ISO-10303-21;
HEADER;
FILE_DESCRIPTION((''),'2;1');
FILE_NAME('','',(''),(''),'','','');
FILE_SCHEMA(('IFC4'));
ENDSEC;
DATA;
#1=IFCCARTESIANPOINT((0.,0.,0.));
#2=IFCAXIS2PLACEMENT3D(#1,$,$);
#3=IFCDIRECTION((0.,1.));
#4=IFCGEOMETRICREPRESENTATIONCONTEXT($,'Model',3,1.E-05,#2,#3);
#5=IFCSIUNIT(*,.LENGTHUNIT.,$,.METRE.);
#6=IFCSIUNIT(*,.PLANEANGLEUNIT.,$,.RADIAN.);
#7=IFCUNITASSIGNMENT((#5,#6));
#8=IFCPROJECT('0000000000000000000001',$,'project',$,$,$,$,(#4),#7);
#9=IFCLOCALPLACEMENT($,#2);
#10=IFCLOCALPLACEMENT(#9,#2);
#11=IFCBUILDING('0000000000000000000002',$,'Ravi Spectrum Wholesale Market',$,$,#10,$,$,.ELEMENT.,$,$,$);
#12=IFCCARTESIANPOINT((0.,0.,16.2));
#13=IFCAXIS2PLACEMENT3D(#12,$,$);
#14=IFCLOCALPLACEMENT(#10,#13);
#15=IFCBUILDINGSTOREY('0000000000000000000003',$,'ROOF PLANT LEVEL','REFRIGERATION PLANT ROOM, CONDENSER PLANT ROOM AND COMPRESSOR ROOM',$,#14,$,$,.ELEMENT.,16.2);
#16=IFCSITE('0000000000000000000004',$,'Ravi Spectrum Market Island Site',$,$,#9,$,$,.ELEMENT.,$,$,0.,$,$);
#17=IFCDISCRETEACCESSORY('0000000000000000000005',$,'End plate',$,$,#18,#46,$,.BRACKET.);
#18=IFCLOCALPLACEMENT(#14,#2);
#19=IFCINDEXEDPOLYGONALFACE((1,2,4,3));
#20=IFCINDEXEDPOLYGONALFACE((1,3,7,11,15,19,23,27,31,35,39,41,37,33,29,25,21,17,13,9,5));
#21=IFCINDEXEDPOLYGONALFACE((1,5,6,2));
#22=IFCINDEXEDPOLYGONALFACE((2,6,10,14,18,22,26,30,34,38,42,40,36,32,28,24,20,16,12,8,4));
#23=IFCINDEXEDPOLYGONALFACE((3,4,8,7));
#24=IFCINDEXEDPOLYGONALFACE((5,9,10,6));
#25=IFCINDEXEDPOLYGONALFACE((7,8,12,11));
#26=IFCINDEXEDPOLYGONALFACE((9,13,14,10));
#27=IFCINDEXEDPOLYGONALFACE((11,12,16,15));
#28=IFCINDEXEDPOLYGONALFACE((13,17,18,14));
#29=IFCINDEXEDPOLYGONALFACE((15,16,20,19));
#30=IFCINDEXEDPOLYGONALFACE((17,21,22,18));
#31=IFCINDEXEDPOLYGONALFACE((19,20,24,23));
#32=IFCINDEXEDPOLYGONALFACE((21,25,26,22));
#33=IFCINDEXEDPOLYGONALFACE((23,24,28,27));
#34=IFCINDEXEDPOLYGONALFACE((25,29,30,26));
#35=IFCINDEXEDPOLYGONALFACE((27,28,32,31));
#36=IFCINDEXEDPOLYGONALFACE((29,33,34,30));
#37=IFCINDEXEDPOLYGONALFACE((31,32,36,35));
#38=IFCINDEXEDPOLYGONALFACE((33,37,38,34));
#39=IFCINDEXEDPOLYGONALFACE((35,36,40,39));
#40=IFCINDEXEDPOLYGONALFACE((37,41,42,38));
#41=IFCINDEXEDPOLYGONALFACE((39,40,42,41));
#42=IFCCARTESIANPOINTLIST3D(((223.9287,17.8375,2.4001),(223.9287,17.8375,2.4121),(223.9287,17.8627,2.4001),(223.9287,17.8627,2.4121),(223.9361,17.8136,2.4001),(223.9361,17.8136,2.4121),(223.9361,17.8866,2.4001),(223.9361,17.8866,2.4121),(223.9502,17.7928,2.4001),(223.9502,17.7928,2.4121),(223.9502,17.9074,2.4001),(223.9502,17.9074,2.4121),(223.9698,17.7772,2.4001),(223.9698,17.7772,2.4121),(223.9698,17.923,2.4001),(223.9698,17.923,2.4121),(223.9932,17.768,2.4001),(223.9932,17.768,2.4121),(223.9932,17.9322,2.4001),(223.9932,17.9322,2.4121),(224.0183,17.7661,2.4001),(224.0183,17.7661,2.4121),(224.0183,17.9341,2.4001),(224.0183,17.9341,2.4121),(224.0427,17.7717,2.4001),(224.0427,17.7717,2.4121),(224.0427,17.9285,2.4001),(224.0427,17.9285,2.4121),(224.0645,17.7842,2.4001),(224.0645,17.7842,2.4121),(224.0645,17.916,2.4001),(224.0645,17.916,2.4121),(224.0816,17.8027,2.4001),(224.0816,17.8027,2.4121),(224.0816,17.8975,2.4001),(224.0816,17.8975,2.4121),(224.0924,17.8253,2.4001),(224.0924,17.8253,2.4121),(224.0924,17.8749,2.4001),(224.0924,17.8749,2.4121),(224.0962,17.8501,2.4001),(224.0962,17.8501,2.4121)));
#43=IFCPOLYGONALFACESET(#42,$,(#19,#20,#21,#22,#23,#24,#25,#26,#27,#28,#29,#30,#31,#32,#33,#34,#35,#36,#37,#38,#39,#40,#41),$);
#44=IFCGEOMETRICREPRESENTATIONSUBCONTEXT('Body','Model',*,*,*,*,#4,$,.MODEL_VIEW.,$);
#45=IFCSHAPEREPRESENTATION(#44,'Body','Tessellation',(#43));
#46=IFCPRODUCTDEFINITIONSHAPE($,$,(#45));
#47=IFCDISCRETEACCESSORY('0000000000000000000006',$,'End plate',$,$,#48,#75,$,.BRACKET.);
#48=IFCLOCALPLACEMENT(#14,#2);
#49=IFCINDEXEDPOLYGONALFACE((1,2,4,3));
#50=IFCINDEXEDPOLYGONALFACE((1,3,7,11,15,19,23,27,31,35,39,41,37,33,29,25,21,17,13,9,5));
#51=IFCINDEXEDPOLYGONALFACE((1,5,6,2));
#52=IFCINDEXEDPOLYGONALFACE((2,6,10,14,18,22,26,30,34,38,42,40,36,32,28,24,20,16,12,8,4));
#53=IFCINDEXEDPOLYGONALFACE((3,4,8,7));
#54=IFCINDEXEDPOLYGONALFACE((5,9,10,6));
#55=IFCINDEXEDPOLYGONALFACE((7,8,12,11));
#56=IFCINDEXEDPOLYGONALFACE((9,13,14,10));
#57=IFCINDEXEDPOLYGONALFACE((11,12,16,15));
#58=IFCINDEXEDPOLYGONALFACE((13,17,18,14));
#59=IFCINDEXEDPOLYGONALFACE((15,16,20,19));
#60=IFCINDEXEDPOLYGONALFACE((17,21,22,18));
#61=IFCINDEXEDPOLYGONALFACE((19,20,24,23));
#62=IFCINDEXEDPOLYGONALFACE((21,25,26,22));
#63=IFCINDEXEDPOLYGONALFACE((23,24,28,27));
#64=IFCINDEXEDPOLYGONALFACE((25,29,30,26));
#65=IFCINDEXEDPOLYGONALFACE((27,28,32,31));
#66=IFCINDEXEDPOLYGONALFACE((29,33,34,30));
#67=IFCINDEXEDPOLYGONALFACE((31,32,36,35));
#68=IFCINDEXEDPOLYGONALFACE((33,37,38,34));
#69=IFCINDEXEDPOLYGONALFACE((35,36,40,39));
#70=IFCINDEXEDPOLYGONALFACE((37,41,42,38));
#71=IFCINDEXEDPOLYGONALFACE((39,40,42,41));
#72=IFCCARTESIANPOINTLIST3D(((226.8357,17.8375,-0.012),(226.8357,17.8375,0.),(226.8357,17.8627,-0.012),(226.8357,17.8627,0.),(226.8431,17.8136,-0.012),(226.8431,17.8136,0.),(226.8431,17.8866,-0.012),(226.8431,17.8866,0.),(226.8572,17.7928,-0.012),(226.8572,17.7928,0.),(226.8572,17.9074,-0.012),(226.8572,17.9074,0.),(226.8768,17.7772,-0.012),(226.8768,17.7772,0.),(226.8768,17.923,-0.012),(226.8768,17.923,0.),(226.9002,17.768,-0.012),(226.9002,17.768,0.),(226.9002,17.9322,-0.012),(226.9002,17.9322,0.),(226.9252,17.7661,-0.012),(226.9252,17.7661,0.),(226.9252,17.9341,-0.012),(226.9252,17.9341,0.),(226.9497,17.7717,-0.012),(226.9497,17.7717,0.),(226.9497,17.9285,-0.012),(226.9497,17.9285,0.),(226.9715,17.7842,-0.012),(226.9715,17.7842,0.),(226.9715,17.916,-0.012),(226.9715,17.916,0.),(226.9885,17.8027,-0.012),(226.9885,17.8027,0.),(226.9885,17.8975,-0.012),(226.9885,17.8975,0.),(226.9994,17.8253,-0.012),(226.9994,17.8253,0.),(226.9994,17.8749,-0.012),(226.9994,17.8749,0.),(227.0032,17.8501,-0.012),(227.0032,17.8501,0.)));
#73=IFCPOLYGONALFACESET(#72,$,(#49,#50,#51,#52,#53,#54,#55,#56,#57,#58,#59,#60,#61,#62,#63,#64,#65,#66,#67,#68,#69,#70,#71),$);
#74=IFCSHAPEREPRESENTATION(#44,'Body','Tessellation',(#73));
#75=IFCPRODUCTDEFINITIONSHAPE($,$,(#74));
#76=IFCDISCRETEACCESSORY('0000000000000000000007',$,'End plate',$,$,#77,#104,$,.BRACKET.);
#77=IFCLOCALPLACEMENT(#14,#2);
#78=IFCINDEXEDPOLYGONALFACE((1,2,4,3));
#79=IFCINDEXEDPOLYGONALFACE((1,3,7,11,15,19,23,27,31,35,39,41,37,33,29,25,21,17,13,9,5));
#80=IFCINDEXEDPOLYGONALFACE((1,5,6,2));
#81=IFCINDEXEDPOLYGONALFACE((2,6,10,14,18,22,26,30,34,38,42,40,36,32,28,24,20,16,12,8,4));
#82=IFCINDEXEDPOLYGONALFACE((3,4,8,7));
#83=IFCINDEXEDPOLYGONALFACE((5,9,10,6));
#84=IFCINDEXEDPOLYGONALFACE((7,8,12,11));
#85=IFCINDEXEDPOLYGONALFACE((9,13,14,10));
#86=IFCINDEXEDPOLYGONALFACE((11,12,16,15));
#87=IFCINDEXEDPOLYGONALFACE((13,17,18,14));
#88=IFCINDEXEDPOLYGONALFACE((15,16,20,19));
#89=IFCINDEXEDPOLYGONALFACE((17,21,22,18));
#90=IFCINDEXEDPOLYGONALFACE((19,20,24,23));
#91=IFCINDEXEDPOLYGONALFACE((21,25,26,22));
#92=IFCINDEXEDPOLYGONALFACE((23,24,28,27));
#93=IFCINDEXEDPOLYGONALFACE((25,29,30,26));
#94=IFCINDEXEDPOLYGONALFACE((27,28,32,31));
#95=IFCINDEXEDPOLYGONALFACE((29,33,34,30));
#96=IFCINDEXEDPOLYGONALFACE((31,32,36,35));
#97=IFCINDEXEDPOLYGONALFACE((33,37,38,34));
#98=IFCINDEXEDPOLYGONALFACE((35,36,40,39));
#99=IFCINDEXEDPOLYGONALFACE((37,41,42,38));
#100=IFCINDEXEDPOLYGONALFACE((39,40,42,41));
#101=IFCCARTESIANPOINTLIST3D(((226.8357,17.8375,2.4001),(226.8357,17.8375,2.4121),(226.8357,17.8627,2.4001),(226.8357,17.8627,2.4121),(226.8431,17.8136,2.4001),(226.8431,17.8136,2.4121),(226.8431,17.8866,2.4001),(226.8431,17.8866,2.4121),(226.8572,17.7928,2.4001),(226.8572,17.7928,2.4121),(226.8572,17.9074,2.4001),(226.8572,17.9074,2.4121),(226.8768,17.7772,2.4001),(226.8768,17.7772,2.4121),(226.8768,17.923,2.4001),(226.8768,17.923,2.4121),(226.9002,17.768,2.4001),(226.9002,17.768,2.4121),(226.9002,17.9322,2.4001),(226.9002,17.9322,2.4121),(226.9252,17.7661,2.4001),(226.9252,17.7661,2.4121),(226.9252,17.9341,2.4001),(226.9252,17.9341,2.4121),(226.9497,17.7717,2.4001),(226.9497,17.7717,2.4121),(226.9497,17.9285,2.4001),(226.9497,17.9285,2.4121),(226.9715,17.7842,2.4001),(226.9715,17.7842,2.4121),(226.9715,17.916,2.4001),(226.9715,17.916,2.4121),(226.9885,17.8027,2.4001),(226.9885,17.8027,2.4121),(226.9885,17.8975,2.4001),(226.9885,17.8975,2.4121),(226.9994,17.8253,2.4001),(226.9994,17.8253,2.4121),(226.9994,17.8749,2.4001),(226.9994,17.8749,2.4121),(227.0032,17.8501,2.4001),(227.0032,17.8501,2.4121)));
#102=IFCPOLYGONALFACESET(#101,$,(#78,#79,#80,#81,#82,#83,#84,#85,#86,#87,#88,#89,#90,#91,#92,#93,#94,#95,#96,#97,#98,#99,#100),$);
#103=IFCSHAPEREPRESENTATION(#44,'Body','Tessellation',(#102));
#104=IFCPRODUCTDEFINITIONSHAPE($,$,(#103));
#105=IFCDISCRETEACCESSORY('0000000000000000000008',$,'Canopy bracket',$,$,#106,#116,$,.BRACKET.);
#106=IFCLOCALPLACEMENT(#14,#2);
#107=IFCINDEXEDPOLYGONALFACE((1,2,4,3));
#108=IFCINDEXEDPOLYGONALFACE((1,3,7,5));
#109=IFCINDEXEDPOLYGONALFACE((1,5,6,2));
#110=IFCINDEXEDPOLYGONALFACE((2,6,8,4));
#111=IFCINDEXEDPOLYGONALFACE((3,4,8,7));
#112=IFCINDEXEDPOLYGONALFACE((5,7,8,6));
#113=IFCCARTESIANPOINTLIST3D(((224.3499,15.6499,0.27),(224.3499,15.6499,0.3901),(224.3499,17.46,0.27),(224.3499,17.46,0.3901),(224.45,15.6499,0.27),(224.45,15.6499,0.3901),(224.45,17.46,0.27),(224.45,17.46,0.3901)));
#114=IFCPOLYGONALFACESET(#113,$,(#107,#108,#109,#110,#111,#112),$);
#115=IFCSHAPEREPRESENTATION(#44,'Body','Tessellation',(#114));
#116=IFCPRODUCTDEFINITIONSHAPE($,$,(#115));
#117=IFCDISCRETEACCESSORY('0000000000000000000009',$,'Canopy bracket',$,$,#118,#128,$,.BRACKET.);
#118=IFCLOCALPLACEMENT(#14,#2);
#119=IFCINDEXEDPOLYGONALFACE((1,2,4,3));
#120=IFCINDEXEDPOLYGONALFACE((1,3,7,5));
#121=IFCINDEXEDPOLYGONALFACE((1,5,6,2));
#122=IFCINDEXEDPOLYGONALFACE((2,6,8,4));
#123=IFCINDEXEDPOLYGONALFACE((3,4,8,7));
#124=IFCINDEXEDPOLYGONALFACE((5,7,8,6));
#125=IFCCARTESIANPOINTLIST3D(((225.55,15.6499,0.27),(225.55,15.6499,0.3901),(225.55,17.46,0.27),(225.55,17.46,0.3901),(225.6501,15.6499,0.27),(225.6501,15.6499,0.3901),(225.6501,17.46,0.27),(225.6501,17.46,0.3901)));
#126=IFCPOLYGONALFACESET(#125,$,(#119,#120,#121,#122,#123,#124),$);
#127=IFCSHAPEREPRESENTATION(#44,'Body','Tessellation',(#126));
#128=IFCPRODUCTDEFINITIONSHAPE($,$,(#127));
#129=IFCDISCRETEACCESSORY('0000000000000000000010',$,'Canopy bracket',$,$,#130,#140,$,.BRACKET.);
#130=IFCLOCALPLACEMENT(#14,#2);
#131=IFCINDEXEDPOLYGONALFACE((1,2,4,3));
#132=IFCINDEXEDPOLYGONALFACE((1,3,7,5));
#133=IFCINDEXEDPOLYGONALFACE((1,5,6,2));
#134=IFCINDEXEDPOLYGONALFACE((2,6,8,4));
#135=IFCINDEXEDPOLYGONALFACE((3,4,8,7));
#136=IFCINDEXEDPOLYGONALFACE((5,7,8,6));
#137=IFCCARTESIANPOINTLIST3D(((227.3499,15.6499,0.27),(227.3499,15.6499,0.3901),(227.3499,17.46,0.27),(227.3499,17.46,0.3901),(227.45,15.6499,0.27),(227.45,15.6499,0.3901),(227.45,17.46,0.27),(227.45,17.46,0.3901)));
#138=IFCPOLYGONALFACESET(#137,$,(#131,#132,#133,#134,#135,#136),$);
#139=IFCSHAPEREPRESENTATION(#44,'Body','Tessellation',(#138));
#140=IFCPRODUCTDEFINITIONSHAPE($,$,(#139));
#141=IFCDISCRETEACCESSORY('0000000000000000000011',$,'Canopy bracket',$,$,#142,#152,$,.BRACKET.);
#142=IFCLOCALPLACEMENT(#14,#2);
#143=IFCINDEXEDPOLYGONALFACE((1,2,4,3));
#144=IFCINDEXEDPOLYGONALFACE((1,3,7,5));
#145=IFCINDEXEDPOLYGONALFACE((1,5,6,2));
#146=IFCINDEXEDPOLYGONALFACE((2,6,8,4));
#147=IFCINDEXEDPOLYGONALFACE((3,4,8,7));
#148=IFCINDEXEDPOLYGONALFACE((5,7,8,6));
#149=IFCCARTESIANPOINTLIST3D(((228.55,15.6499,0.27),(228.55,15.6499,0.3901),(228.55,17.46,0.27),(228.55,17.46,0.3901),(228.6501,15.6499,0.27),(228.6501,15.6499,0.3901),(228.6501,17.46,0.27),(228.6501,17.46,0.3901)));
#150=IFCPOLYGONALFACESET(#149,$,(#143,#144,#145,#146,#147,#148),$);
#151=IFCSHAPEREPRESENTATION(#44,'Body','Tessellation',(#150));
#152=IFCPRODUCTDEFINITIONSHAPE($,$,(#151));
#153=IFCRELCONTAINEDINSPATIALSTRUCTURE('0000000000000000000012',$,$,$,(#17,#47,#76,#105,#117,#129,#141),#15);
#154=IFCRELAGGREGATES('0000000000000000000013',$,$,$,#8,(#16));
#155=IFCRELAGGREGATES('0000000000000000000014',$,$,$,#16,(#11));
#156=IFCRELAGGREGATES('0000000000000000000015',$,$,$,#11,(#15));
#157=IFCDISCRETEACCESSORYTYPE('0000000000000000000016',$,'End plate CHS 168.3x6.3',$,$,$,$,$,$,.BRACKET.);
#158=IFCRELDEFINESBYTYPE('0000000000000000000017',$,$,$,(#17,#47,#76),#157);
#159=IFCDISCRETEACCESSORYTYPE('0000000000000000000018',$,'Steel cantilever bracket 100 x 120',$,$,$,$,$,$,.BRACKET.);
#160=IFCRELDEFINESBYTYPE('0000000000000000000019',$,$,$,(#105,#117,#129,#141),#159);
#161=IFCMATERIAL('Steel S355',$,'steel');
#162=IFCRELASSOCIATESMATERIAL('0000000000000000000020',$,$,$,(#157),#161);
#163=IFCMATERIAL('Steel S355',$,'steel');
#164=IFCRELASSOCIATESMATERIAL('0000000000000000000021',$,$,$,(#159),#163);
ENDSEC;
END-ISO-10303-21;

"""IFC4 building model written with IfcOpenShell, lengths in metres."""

from ifc_helpers import new_model, si_unit, direction, frame, origin, origin_2d, place, context, subcontext, project, spatial, rectangle, circle, extrude, material, material_profile, profile_set, type_object, element, save


model = new_model("IFC4")

# Units and contexts
model_context = context("Model", 3, precision=1e-05, world=origin(), true_north=direction((0.0, 1.0)))
body_context = subcontext(model_context, "Body", "Model", "MODEL_VIEW")
ifc_project = project(units=[si_unit("LENGTHUNIT", "METRE"), si_unit("PLANEANGLEUNIT", "RADIAN")], contexts=[model_context])

# Site, building, storey
site_placement = place(None, origin())
site = spatial("IfcSite", under=ifc_project, at=site_placement, Name="Ravi Spectrum Market Island Site", CompositionType="ELEMENT", RefElevation=0.0)
building_placement = place(site_placement, origin())
building = spatial("IfcBuilding", under=site, at=building_placement, Name="Ravi Spectrum Wholesale Market", CompositionType="ELEMENT")
storey_placement = place(building_placement, frame((0.0, 0.0, 16.2)))
storey = spatial("IfcBuildingStorey", under=building, at=storey_placement, Name="ROOF PLANT LEVEL", Description="REFRIGERATION PLANT ROOM, CONDENSER PLANT ROOM AND COMPRESSOR ROOM", CompositionType="ELEMENT", Elevation=16.2)

# Discrete accessories
ifc_material_1 = material(Name="Steel S355", Category="steel")
ifc_material_profile_1 = material_profile(ifc_material_1, circle(Radius=0.0842, at=origin_2d()))
ifc_profile_set_1 = profile_set([ifc_material_profile_1], Name="Steel S355")
discrete_accessory_type_1 = type_object("IfcDiscreteAccessoryType", Name="End plate CHS 168.3x6.3", PredefinedType="BRACKET", material=ifc_profile_set_1)
for number, where, z_axis, x_axis, name in (
    (1, (224.012, 17.8501, 2.4001), (0.0, 0.0, 1.0), (1.0, 0.0, 0.0), "End plate"),
    (2, (226.9189, 17.8501, 0.0), (0.0, 0.0, -1.0), (1.0, 0.0, 0.0), "End plate"),
    (3, (226.9189, 17.8501, 2.4001), (0.0, 0.0, 1.0), (1.0, 0.0, 0.0), "End plate"),
):
    element("IfcDiscreteAccessory", number, at=place(storey_placement, frame(where, z_axis=z_axis, x_axis=x_axis)), inside=storey, type_object=discrete_accessory_type_1, Name=name, PredefinedType="BRACKET", context=body_context, shape_type="SweptSolid", body=[
        extrude(circle(Radius=0.0842, at=origin_2d()), origin(), (0.0, 0.0, 1.0), 0.012),
    ])
ifc_material_2 = material(Name="Steel S355", Category="steel")
discrete_accessory_type_2 = type_object("IfcDiscreteAccessoryType", Name="Steel cantilever bracket 100 x 120", PredefinedType="BRACKET", material=ifc_material_2)
for number, where, z_axis, x_axis, name in (
    (4, (224.3999, 16.5549, 0.27), (0.0, 0.0, 1.0), (1.0, 0.0, 0.0), "Canopy bracket"),
    (5, (225.6001, 16.5549, 0.27), (0.0, 0.0, 1.0), (1.0, 0.0, 0.0), "Canopy bracket"),
    (6, (227.3999, 16.5549, 0.27), (0.0, 0.0, 1.0), (1.0, 0.0, 0.0), "Canopy bracket"),
    (7, (228.6001, 16.5549, 0.27), (0.0, 0.0, 1.0), (1.0, 0.0, 0.0), "Canopy bracket"),
):
    element("IfcDiscreteAccessory", number, at=place(storey_placement, frame(where, z_axis=z_axis, x_axis=x_axis)), inside=storey, type_object=discrete_accessory_type_2, Name=name, PredefinedType="BRACKET", context=body_context, shape_type="SweptSolid", body=[
        extrude(rectangle(XDim=0.1001, YDim=1.8101, at=origin_2d()), origin(), (0.0, 0.0, 1.0), 0.1201),
    ])

save(model, "model.ifc")
